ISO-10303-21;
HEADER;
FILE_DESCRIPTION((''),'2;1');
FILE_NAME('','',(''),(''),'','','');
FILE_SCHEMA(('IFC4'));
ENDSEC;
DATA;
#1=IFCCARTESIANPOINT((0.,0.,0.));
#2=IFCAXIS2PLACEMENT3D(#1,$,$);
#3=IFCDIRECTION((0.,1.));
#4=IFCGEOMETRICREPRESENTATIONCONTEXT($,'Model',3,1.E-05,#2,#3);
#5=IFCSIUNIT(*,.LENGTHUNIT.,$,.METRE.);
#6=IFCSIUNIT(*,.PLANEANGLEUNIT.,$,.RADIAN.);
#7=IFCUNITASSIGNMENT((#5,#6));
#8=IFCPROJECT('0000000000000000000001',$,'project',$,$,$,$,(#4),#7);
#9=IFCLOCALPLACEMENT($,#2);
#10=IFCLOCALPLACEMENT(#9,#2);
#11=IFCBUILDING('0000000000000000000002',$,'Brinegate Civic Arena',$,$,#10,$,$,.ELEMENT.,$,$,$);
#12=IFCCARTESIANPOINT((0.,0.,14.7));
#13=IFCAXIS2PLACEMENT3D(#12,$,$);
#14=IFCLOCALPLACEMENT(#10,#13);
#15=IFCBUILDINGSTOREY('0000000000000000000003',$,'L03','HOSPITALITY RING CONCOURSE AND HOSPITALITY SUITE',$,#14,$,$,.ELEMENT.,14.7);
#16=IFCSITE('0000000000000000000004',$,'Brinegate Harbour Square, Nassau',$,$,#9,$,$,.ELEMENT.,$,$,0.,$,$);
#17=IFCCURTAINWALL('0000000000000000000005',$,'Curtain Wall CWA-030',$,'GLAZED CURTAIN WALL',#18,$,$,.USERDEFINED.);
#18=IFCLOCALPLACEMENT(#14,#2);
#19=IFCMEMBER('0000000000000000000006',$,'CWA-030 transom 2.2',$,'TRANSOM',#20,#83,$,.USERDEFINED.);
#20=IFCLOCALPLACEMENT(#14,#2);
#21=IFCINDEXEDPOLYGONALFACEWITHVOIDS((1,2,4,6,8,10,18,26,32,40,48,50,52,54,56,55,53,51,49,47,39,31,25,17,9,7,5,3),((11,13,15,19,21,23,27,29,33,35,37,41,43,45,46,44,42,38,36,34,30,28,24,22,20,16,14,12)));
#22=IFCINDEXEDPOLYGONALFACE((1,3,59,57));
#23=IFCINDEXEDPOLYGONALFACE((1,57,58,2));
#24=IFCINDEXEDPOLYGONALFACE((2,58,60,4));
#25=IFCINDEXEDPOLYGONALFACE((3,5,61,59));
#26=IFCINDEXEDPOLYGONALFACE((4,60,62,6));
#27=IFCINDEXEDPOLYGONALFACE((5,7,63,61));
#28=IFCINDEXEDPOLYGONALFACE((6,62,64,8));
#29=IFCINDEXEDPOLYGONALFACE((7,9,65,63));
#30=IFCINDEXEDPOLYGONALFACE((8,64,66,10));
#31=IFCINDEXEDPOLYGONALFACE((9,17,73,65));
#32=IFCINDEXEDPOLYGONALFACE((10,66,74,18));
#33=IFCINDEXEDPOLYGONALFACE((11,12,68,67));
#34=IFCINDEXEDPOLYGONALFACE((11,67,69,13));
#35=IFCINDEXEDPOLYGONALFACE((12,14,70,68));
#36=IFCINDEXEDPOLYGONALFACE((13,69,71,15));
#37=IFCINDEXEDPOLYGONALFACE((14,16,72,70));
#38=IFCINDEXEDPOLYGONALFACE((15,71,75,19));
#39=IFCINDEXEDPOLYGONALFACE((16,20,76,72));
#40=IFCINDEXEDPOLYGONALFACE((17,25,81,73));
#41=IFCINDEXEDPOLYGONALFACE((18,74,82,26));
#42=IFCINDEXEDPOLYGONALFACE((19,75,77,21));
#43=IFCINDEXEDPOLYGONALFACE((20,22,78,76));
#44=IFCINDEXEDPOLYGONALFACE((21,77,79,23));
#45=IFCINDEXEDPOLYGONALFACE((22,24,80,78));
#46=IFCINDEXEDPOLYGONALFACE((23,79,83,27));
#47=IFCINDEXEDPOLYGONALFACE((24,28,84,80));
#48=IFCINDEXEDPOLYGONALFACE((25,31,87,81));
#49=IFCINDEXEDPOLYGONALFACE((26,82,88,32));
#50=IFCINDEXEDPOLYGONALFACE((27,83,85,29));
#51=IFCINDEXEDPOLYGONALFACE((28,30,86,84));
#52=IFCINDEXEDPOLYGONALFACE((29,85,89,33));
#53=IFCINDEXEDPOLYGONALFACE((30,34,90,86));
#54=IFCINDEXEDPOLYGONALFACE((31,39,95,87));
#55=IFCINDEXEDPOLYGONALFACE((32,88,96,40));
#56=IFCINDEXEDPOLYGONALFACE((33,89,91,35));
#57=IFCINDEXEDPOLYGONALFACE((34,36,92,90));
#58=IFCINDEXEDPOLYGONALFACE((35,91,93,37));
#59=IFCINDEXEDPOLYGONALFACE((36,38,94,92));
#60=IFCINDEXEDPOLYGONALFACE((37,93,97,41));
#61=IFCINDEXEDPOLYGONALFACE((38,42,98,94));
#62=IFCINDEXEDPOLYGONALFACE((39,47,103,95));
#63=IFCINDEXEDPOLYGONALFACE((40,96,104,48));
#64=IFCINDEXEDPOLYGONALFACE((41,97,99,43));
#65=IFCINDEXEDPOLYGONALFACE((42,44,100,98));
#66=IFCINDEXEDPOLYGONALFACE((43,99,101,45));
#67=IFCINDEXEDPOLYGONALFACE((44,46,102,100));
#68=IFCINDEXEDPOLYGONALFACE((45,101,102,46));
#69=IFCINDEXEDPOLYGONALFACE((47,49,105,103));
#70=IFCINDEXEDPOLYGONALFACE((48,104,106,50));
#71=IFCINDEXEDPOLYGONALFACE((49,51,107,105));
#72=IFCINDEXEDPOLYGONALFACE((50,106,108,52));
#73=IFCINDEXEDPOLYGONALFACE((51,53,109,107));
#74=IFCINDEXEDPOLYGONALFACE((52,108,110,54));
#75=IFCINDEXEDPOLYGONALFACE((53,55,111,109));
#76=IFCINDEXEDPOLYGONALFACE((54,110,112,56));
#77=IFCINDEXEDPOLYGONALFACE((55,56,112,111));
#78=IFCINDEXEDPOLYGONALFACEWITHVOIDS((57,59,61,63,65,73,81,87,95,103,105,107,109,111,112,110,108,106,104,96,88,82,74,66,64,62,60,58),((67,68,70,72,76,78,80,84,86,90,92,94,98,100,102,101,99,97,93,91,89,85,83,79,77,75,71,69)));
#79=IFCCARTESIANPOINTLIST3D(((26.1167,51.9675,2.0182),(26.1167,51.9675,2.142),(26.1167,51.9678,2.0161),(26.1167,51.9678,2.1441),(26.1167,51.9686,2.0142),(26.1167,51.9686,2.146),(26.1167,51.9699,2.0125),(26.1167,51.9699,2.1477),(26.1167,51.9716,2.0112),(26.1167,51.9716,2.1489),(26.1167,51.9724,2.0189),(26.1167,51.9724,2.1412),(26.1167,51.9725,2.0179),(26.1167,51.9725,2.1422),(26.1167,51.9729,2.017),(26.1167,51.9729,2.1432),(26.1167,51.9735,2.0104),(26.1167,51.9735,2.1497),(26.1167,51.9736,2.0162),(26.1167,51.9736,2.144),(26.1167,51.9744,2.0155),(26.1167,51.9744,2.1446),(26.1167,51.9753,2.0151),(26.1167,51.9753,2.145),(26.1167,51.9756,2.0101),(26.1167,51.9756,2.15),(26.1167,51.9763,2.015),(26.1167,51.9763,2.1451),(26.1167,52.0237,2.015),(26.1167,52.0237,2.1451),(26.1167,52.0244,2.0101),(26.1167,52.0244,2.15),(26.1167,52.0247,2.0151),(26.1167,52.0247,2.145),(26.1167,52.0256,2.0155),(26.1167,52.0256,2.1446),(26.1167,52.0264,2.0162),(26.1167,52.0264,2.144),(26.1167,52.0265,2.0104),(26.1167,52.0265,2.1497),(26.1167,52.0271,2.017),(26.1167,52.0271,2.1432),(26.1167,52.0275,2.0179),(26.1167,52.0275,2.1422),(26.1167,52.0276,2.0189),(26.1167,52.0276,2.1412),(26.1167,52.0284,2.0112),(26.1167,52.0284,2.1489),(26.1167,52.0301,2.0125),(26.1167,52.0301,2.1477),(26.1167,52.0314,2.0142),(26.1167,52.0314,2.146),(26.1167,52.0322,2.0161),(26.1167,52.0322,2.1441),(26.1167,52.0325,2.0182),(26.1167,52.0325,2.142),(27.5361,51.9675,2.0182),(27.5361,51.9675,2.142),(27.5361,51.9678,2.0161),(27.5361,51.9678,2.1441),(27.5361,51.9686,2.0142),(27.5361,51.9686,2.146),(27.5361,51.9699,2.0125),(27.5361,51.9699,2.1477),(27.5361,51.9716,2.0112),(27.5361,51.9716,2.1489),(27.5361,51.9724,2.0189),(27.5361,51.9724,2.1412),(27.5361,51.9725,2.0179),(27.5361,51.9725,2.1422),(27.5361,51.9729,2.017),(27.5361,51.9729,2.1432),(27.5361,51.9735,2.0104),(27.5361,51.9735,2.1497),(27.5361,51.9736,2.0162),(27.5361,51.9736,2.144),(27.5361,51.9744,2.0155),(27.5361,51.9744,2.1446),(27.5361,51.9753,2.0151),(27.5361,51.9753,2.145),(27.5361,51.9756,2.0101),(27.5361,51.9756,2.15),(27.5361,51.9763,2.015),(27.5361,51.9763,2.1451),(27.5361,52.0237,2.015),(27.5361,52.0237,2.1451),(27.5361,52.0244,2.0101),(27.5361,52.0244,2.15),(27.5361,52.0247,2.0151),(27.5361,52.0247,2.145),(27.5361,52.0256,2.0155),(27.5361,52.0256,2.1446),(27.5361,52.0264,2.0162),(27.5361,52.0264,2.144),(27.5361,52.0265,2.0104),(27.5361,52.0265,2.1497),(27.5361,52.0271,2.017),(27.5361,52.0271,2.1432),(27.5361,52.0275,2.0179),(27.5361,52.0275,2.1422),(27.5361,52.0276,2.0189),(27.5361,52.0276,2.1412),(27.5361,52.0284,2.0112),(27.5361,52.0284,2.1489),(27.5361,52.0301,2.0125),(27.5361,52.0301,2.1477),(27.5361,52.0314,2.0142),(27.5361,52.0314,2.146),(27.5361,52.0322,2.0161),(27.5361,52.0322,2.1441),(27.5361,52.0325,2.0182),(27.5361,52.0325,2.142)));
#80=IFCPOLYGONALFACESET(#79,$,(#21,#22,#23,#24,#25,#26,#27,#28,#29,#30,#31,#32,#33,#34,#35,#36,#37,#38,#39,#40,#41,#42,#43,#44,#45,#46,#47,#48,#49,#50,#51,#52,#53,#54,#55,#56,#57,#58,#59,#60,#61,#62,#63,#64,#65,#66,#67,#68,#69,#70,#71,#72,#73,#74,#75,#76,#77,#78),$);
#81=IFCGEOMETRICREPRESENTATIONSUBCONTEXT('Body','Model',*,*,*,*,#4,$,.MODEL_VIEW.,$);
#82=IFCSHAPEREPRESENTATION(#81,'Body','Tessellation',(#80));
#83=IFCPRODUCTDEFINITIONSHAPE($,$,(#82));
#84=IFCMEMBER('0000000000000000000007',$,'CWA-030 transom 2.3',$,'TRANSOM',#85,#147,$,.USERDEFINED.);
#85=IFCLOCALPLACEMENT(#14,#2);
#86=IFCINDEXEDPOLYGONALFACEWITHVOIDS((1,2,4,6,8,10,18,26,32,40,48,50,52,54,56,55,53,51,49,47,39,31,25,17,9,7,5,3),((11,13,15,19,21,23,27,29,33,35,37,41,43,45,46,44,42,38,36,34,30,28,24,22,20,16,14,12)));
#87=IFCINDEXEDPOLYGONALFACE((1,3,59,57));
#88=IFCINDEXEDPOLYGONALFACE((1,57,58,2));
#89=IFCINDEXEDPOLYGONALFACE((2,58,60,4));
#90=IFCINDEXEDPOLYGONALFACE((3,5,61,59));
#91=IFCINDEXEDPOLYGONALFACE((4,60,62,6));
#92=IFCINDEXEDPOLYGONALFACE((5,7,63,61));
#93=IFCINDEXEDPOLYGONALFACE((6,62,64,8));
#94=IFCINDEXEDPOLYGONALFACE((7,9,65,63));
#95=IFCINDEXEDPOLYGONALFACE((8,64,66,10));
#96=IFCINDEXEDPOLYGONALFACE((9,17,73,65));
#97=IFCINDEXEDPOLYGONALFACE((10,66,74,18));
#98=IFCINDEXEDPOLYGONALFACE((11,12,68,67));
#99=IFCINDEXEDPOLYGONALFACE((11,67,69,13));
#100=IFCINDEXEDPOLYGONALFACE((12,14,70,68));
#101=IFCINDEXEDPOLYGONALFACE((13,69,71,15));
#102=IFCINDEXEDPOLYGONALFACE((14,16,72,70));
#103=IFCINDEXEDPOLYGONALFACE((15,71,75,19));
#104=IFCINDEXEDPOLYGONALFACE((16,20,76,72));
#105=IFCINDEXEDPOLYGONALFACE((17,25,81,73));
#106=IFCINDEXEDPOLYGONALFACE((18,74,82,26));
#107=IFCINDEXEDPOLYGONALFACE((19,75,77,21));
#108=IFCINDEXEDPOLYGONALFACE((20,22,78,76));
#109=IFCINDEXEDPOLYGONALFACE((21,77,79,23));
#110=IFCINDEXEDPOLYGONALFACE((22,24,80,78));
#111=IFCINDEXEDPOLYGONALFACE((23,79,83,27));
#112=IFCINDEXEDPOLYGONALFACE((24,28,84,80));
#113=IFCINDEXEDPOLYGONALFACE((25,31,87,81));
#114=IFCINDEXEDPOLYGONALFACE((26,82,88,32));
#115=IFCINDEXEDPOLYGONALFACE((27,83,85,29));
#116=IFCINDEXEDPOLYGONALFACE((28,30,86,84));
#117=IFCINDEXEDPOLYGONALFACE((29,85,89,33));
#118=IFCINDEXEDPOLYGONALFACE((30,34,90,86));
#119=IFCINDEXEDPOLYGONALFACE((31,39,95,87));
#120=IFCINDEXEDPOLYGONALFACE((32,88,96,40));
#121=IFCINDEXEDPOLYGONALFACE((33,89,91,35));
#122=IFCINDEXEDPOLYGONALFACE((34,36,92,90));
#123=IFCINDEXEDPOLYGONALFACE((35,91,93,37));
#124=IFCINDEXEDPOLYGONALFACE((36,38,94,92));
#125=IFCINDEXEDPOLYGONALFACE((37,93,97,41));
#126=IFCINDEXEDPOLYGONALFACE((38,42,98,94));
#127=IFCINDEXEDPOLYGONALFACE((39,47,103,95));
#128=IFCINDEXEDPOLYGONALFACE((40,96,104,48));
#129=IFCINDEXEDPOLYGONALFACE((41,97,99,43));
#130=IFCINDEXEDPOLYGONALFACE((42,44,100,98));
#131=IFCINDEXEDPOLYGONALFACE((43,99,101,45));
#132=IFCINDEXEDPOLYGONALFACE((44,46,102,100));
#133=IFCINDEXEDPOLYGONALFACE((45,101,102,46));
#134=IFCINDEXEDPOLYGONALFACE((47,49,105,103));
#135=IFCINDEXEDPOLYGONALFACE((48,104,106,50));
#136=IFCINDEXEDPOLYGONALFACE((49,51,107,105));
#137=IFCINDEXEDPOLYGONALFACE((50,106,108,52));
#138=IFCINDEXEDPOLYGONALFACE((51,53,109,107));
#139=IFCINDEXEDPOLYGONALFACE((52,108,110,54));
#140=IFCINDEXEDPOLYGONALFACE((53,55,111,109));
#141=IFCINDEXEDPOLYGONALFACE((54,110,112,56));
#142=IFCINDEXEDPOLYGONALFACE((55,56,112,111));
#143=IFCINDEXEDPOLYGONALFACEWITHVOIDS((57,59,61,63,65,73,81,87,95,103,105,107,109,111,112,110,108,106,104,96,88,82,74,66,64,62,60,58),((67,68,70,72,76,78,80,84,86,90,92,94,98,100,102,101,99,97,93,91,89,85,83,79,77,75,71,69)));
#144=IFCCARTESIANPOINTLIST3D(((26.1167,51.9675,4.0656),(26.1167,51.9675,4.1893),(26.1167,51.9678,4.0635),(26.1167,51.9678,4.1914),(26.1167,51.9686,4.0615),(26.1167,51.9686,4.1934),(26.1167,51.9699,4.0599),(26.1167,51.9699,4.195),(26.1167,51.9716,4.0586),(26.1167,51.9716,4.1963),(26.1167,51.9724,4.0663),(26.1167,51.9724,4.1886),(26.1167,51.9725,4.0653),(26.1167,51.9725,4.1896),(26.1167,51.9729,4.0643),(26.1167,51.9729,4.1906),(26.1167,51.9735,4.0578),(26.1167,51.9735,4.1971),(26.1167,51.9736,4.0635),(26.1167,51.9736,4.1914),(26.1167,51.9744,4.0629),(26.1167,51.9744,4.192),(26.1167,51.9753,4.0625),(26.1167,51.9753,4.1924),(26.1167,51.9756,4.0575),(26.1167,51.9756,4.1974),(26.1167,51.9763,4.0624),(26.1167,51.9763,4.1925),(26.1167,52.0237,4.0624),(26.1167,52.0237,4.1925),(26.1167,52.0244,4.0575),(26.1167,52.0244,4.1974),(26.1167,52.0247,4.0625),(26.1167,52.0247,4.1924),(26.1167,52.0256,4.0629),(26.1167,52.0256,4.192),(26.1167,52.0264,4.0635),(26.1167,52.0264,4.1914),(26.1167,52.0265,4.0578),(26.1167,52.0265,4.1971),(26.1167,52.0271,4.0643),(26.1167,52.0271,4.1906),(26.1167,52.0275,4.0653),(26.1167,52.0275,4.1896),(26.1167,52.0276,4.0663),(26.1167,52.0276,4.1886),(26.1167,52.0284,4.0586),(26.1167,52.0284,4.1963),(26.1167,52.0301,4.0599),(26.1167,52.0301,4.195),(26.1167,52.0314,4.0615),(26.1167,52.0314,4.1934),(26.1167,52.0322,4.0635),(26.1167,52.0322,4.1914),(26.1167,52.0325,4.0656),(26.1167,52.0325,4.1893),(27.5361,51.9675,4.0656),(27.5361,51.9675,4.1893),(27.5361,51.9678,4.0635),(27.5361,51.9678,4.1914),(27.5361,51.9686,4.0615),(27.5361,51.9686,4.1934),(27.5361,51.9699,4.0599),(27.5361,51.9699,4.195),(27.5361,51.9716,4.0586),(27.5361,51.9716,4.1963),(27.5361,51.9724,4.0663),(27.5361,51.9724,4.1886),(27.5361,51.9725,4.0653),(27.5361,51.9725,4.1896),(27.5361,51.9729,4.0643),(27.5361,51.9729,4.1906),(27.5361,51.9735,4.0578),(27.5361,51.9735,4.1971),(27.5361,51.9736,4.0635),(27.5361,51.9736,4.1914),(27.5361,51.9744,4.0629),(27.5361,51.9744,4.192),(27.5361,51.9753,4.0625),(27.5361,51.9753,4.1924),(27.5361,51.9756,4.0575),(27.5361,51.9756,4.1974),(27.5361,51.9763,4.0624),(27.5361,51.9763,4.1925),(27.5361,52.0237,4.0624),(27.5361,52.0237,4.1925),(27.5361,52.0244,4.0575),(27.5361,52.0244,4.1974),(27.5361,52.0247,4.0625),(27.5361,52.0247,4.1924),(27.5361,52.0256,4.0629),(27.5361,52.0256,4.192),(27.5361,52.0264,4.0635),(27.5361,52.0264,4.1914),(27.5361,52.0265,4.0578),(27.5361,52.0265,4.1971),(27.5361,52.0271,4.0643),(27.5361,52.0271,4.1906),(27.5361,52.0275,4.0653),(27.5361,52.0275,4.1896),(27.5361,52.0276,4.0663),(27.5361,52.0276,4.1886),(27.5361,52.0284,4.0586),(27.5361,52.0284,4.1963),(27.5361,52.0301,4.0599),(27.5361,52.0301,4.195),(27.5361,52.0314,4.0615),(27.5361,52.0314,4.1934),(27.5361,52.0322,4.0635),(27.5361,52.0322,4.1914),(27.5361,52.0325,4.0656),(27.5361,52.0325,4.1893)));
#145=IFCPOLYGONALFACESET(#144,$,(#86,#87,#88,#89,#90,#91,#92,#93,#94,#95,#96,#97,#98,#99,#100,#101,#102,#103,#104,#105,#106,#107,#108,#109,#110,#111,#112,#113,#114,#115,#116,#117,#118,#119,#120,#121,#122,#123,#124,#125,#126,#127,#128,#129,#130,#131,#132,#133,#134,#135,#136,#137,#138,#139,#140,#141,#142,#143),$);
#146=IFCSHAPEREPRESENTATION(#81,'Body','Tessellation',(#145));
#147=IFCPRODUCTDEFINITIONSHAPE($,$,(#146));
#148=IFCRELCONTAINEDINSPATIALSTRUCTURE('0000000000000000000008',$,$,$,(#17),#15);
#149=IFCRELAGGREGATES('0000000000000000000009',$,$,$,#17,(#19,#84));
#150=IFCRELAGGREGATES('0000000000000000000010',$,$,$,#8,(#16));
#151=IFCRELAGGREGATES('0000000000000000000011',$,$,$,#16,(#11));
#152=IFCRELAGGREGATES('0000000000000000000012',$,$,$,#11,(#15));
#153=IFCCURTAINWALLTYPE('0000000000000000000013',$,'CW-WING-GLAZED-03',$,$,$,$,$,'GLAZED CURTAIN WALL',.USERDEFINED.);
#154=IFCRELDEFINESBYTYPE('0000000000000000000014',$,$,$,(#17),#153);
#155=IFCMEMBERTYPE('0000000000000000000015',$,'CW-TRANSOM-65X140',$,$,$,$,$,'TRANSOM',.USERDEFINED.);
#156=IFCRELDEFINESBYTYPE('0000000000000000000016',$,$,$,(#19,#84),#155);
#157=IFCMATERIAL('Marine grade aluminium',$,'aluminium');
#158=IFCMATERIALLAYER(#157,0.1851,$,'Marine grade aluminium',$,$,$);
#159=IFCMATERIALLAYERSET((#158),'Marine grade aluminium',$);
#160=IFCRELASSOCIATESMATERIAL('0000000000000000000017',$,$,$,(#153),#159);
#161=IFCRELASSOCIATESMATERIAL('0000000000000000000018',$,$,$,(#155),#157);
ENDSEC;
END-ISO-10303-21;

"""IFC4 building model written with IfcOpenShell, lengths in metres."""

from ifc_helpers import new_model, si_unit, direction, frame, origin, origin_2d, place, context, subcontext, project, spatial, hollow_rectangle, extrude, material, layer, layer_set, material_profile, profile_set, type_object, element, aggregate, save


model = new_model("IFC4")

# Units and contexts
model_context = context("Model", 3, precision=1e-05, world=origin(), true_north=direction((0.0, 1.0)))
body_context = subcontext(model_context, "Body", "Model", "MODEL_VIEW")
ifc_project = project(units=[si_unit("LENGTHUNIT", "METRE"), si_unit("PLANEANGLEUNIT", "RADIAN")], contexts=[model_context])

# Site, building, storey
site_placement = place(None, origin())
site = spatial("IfcSite", under=ifc_project, at=site_placement, Name="Brinegate Harbour Square, Nassau", CompositionType="ELEMENT", RefElevation=0.0)
building_placement = place(site_placement, origin())
building = spatial("IfcBuilding", under=site, at=building_placement, Name="Brinegate Civic Arena", CompositionType="ELEMENT")
storey_placement = place(building_placement, frame((0.0, 0.0, 14.7)))
storey = spatial("IfcBuildingStorey", under=building, at=storey_placement, Name="L03", Description="HOSPITALITY RING CONCOURSE AND HOSPITALITY SUITE", CompositionType="ELEMENT", Elevation=14.7)

# Curtain wall
ifc_material_1 = material(Name="Marine grade aluminium", Category="aluminium")
ifc_layer_1 = layer(ifc_material_1, 0.1851, Name="Marine grade aluminium")
ifc_layer_set_1 = layer_set([ifc_layer_1], Name="Marine grade aluminium")
curtain_wall_type = type_object("IfcCurtainWallType", Name="CW-WING-GLAZED-03", ElementType="GLAZED CURTAIN WALL", PredefinedType="USERDEFINED", material=ifc_layer_set_1)
curtain_wall_1_placement = place(storey_placement, origin())
curtain_wall_1 = element("IfcCurtainWall", 1, at=curtain_wall_1_placement, inside=storey, type_object=curtain_wall_type, Name="Curtain Wall CWA-030", ObjectType="GLAZED CURTAIN WALL", PredefinedType="USERDEFINED")

# Members
ifc_material_profile_1 = material_profile(ifc_material_1, hollow_rectangle(XDim=0.0649, YDim=0.1399, WallThickness=0.0049, InnerFilletRadius=0.0039, OuterFilletRadius=0.0081, at=origin_2d()), Name="TRN65X140")
ifc_profile_set_1 = profile_set([ifc_material_profile_1], Name="Marine grade aluminium")
member_type_1 = type_object("IfcMemberType", Name="CW-TRANSOM-65X140", ElementType="TRANSOM", PredefinedType="USERDEFINED", material=ifc_profile_set_1)
member_1_placement = place(storey_placement, frame((26.1167, 52.0, 2.0801), z_axis=(1.0, 0.0, 0.0), x_axis=(0.0, 1.0, 0.0)))
member_1 = element("IfcMember", 2, at=member_1_placement, type_object=member_type_1, Name="CWA-030 transom 2.2", ObjectType="TRANSOM", PredefinedType="USERDEFINED", context=body_context, shape_type="SweptSolid", body=[
    extrude(hollow_rectangle(XDim=0.0649, YDim=0.1399, WallThickness=0.0049, InnerFilletRadius=0.0039, OuterFilletRadius=0.0081, at=origin_2d()), origin(), (0.0, 0.0, 1.0), 1.4194),
])
member_2_placement = place(storey_placement, frame((26.1167, 52.0, 4.1274), z_axis=(1.0, 0.0, 0.0), x_axis=(0.0, 1.0, 0.0)))
member_2 = element("IfcMember", 3, at=member_2_placement, type_object=member_type_1, Name="CWA-030 transom 2.3", ObjectType="TRANSOM", PredefinedType="USERDEFINED", context=body_context, shape_type="SweptSolid", body=[
    extrude(hollow_rectangle(XDim=0.0649, YDim=0.1399, WallThickness=0.0049, InnerFilletRadius=0.0039, OuterFilletRadius=0.0081, at=origin_2d()), origin(), (0.0, 0.0, 1.0), 1.4194),
])

aggregate(curtain_wall_1, [member_1, member_2])

save(model, "model.ifc")
